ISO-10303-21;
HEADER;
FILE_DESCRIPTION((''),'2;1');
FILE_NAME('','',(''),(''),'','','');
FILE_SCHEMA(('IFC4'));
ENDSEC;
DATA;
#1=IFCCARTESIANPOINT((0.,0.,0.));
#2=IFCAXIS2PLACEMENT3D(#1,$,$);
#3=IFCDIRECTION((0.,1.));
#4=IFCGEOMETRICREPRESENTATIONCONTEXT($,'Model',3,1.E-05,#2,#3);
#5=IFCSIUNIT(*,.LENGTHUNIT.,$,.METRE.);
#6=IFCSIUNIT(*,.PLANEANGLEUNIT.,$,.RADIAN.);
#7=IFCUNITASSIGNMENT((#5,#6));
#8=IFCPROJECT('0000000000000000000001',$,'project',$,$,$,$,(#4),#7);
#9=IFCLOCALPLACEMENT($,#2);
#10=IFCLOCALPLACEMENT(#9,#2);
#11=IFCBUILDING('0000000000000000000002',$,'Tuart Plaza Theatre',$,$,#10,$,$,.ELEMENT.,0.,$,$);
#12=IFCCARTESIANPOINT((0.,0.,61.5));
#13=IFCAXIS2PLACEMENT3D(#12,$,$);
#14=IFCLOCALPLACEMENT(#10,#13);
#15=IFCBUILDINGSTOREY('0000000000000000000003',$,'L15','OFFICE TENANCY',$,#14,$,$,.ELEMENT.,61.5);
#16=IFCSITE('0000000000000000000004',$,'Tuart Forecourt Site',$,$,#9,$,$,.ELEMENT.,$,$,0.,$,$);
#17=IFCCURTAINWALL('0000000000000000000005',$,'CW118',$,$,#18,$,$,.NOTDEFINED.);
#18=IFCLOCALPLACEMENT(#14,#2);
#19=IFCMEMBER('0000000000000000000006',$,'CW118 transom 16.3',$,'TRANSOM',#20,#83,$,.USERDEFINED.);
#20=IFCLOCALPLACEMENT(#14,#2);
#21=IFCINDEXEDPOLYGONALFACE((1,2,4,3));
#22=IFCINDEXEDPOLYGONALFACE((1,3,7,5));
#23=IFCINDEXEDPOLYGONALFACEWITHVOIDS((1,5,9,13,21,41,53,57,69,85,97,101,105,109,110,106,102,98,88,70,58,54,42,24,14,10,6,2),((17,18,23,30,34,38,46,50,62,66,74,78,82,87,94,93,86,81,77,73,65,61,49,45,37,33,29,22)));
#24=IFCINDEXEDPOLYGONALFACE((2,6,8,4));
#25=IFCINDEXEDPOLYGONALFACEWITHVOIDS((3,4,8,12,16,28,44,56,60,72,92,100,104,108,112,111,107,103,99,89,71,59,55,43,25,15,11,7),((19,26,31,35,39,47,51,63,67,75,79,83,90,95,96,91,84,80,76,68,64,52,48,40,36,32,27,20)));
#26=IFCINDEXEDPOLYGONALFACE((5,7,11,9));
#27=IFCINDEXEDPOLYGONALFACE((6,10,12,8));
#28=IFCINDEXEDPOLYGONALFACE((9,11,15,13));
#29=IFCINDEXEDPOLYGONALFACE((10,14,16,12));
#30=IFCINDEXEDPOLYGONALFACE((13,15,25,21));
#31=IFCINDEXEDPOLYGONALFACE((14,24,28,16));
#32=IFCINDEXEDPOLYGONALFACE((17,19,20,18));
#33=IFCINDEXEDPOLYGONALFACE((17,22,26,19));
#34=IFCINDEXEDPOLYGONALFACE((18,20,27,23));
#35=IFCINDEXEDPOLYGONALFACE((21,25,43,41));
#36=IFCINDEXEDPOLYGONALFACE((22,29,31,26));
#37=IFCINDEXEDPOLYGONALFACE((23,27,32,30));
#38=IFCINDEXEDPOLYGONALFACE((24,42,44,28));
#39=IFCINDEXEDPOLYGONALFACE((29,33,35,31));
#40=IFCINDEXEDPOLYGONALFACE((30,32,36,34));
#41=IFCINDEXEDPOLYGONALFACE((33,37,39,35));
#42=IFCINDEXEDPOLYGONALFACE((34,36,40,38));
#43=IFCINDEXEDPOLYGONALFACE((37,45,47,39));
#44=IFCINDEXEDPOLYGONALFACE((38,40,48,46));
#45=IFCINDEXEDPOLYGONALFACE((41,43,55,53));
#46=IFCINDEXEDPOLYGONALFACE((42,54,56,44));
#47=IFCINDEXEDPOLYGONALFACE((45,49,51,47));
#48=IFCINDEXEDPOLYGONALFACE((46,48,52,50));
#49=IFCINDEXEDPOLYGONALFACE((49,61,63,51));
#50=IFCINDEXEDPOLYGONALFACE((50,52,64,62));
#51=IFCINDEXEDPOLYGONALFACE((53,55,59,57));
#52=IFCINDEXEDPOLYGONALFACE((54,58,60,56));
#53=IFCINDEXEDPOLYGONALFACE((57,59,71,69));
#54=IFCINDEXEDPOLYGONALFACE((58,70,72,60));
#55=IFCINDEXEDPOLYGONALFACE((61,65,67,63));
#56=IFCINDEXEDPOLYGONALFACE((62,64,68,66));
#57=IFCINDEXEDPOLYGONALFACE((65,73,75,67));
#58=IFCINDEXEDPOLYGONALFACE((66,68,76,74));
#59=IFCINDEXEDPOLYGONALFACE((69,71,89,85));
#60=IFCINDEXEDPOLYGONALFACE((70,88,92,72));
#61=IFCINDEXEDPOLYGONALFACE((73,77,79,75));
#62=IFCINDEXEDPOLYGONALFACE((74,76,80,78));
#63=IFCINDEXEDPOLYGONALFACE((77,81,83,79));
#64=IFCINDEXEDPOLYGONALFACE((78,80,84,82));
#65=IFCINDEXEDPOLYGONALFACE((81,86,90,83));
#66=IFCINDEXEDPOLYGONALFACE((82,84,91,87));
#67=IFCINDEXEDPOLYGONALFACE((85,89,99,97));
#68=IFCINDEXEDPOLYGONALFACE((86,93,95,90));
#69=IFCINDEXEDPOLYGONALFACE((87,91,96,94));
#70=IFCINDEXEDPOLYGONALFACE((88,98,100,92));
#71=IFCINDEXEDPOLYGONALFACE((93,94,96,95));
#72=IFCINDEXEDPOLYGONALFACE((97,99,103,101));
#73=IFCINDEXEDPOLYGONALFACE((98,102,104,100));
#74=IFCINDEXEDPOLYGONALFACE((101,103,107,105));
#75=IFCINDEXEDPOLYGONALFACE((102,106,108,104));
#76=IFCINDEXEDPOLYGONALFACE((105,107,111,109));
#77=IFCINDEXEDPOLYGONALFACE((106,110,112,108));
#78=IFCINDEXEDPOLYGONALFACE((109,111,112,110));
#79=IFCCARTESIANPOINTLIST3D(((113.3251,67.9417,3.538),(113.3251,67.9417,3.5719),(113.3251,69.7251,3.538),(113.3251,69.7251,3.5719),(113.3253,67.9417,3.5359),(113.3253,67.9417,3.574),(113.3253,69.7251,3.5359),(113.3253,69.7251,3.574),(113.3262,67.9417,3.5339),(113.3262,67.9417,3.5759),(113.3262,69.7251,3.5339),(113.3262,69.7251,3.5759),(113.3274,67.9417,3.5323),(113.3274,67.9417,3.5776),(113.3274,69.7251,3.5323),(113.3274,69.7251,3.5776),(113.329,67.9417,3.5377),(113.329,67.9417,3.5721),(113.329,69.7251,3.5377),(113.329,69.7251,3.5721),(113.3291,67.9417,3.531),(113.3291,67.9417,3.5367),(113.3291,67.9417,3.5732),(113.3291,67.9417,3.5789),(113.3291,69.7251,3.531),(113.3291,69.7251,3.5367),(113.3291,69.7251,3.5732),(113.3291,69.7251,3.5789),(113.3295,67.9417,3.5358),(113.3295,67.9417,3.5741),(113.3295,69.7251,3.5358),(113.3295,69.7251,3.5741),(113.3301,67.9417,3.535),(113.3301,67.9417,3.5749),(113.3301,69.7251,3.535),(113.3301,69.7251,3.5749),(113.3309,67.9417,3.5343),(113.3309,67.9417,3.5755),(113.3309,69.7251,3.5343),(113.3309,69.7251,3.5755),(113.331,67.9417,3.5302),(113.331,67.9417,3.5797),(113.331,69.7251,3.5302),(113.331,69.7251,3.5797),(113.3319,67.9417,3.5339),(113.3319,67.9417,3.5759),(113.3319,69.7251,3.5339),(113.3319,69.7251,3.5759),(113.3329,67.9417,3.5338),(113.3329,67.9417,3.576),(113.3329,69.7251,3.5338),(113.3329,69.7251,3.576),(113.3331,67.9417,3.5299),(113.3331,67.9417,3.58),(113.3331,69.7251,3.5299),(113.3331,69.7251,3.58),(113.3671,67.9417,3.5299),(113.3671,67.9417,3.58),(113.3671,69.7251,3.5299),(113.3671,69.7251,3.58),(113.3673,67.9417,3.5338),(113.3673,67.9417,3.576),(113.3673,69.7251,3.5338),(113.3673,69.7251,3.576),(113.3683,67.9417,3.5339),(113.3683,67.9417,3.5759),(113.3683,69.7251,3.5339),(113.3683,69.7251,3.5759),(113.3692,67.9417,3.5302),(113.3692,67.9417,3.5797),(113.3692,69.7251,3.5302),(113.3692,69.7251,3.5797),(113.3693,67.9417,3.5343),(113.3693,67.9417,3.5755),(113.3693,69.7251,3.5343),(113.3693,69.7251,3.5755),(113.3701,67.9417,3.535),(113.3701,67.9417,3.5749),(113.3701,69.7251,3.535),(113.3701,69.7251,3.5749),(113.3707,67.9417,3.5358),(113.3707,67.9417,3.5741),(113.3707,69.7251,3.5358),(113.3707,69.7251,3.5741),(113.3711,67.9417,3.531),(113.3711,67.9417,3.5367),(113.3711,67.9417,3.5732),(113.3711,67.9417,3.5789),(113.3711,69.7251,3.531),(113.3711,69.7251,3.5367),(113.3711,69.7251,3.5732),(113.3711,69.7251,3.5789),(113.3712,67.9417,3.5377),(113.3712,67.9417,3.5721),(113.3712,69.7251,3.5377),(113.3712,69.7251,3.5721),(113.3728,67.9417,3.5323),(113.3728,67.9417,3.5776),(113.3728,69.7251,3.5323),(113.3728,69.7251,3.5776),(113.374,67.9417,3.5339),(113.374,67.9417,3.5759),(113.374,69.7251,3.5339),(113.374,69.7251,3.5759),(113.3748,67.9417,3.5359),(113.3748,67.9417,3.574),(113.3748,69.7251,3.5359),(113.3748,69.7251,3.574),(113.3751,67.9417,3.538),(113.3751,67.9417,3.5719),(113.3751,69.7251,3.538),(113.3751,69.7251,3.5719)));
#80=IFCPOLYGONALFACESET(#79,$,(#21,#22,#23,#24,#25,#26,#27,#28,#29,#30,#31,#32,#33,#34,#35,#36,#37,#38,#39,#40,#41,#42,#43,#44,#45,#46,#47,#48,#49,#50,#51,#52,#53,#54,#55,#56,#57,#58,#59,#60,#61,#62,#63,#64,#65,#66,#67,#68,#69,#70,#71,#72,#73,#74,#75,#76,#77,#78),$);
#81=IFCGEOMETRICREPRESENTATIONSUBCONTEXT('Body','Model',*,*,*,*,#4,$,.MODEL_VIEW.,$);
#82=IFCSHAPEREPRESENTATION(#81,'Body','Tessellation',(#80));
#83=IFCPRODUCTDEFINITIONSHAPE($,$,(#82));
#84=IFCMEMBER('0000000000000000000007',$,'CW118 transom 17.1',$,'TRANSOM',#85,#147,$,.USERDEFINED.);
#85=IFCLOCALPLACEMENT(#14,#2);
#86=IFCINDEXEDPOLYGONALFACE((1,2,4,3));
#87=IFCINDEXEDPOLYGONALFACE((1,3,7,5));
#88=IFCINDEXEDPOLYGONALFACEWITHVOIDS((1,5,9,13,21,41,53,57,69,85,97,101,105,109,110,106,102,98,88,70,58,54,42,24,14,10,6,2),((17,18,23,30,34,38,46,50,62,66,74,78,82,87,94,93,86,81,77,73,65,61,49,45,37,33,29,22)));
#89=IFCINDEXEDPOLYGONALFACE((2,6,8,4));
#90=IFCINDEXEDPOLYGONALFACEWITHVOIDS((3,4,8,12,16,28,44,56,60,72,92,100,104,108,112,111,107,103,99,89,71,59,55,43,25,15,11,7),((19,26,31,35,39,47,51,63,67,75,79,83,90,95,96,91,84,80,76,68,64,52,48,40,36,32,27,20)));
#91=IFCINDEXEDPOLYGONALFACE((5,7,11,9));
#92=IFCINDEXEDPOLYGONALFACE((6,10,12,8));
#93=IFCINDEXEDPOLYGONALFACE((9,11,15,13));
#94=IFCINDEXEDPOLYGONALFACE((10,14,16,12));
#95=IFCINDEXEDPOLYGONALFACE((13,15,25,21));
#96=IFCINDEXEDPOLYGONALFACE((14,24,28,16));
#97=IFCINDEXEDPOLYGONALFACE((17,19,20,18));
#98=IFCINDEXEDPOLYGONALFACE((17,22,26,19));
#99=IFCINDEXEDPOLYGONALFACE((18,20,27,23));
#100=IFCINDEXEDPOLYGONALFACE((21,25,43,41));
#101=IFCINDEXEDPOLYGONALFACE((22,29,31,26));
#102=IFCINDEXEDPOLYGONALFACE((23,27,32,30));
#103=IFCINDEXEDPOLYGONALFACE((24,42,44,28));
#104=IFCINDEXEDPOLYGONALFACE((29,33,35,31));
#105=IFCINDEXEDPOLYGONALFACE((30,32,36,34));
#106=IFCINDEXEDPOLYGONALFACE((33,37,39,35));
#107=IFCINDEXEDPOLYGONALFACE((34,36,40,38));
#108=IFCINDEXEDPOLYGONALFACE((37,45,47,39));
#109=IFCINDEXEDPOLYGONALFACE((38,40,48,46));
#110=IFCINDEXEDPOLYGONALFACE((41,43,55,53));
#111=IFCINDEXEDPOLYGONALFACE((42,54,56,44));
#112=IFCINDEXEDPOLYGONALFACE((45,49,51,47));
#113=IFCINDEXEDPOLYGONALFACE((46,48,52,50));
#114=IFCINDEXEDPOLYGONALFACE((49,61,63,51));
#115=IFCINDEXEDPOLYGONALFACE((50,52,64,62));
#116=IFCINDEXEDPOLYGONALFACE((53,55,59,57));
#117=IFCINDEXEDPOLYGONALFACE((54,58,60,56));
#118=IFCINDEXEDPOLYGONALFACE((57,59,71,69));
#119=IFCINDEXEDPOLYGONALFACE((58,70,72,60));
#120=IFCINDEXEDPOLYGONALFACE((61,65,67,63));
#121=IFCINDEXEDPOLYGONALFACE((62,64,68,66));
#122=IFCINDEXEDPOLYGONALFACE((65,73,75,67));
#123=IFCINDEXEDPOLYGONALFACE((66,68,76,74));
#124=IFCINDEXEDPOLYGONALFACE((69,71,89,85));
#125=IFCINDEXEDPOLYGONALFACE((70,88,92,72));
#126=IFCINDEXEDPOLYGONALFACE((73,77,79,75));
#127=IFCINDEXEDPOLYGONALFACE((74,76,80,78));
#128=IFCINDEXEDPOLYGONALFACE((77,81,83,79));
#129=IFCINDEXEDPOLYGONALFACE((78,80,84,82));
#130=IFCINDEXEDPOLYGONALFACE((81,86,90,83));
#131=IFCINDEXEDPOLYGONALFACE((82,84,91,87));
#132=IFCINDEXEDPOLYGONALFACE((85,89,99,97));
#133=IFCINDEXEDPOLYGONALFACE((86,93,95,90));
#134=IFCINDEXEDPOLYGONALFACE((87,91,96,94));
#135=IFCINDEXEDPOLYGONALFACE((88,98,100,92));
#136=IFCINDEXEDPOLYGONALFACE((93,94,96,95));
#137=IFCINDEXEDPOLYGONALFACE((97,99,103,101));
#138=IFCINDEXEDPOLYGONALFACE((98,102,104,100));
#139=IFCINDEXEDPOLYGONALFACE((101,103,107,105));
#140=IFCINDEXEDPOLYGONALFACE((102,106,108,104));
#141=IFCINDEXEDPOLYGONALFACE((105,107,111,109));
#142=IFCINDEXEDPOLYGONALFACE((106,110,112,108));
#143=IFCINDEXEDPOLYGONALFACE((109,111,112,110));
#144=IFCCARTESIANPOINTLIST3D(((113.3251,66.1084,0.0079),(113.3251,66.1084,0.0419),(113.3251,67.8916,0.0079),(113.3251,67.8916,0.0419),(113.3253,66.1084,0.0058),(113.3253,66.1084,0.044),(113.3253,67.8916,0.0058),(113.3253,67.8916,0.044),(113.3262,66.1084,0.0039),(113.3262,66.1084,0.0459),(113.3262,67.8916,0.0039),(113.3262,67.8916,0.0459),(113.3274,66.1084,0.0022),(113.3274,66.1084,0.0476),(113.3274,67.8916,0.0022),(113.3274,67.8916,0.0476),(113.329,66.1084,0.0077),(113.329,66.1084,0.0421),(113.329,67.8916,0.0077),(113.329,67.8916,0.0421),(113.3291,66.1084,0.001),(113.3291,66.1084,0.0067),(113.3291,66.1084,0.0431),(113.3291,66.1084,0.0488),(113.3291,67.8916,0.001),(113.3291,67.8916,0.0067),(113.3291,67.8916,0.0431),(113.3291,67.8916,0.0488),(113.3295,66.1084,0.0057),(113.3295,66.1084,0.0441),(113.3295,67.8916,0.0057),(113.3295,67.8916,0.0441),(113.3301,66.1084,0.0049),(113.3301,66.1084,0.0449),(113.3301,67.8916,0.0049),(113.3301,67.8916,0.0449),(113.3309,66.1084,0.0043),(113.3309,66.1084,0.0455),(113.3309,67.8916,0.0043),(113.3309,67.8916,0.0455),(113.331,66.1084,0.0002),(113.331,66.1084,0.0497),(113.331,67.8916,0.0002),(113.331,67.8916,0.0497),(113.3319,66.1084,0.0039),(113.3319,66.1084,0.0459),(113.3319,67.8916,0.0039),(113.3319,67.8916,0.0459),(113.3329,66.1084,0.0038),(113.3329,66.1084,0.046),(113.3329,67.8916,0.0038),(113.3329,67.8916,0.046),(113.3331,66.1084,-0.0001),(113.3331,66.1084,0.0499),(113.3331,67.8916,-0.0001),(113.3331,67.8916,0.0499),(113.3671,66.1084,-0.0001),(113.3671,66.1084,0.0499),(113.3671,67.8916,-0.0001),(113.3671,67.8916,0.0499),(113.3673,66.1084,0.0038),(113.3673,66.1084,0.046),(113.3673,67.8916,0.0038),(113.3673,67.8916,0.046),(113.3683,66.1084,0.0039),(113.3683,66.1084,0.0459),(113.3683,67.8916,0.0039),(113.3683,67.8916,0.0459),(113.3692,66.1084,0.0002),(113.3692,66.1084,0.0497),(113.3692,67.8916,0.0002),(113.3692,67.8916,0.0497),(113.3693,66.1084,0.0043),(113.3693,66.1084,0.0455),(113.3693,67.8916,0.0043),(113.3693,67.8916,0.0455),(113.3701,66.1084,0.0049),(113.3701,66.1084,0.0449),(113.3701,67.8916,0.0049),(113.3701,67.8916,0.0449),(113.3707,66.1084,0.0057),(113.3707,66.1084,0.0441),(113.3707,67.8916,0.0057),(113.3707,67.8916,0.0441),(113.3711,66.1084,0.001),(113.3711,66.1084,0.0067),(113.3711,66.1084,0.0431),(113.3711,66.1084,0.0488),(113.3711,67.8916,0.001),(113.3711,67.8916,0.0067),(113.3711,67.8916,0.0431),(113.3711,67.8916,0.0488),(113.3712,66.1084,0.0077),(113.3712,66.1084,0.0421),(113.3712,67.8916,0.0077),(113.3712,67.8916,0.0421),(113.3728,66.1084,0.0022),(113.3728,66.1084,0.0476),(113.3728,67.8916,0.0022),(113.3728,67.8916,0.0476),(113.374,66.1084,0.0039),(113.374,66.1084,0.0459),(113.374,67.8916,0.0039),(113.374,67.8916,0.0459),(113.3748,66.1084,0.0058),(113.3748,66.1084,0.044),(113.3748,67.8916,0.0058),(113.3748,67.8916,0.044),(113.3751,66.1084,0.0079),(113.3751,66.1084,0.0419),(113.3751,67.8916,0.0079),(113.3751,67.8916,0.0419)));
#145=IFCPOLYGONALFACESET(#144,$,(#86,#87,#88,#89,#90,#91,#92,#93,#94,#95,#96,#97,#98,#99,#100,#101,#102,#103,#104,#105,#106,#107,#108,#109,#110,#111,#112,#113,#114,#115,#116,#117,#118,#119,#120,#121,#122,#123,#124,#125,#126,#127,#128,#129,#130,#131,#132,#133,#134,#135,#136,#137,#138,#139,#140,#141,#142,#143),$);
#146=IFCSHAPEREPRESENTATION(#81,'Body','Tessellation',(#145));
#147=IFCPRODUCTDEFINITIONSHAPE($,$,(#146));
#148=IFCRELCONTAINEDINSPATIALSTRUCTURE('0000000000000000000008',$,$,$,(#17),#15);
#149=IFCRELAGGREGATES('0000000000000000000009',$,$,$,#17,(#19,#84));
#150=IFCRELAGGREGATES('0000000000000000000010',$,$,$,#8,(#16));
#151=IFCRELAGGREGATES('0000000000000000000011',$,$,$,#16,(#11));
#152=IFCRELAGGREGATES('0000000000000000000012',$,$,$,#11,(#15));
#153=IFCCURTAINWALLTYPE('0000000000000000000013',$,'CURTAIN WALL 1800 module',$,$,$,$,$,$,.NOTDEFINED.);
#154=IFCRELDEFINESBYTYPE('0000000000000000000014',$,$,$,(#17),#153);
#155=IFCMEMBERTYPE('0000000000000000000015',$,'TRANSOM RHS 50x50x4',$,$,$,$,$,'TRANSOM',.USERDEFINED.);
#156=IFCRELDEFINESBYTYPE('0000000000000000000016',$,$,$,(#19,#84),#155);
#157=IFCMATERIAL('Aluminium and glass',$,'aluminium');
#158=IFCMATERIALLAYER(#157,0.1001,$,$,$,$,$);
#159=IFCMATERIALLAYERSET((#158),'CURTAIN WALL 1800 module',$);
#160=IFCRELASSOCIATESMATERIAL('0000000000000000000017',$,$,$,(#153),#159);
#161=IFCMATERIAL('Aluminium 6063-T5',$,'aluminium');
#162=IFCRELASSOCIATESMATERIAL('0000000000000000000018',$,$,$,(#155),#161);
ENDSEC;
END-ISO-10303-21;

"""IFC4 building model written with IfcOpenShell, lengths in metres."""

from ifc_helpers import new_model, si_unit, direction, frame, origin, origin_2d, place, context, subcontext, project, spatial, hollow_rectangle, extrude, material, layer, layer_set, material_profile, profile_set, type_object, element, aggregate, save


model = new_model("IFC4")

# Units and contexts
model_context = context("Model", 3, precision=1e-05, world=origin(), true_north=direction((0.0, 1.0)))
body_context = subcontext(model_context, "Body", "Model", "MODEL_VIEW")
ifc_project = project(units=[si_unit("LENGTHUNIT", "METRE"), si_unit("PLANEANGLEUNIT", "RADIAN")], contexts=[model_context])

# Site, building, storey
site_placement = place(None, origin())
site = spatial("IfcSite", under=ifc_project, at=site_placement, Name="Tuart Forecourt Site", CompositionType="ELEMENT", RefElevation=0.0)
building_placement = place(site_placement, origin())
building = spatial("IfcBuilding", under=site, at=building_placement, Name="Tuart Plaza Theatre", CompositionType="ELEMENT", ElevationOfRefHeight=0.0)
storey_placement = place(building_placement, frame((0.0, 0.0, 61.5)))
storey = spatial("IfcBuildingStorey", under=building, at=storey_placement, Name="L15", Description="OFFICE TENANCY", CompositionType="ELEMENT", Elevation=61.5)

# Curtain wall, members
ifc_material_1 = material(Name="Aluminium and glass", Category="aluminium")
ifc_layer_1 = layer(ifc_material_1, 0.1001)
ifc_layer_set_1 = layer_set([ifc_layer_1], Name="CURTAIN WALL 1800 module")
curtain_wall_type = type_object("IfcCurtainWallType", Name="CURTAIN WALL 1800 module", PredefinedType="NOTDEFINED", material=ifc_layer_set_1)
curtain_wall_placement = place(storey_placement, origin())
curtain_wall = element("IfcCurtainWall", 1, at=curtain_wall_placement, inside=storey, type_object=curtain_wall_type, Name="CW118", PredefinedType="NOTDEFINED")
ifc_material_2 = material(Name="Aluminium 6063-T5", Category="aluminium")
ifc_material_profile = material_profile(ifc_material_2, hollow_rectangle(XDim=0.05, YDim=0.05, WallThickness=0.0039, InnerFilletRadius=0.0039, OuterFilletRadius=0.0081, at=origin_2d()), Name="RHS 50x50x4")
ifc_profile_set = profile_set([ifc_material_profile], Name="Aluminium 6063-T5")
member_type = type_object("IfcMemberType", Name="TRANSOM RHS 50x50x4", ElementType="TRANSOM", PredefinedType="USERDEFINED", material=ifc_profile_set)
member_1_placement = place(storey_placement, frame((113.3501, 69.7251, 3.5549), z_axis=(0.0, -1.0, 0.0), x_axis=(1.0, 0.0, 0.0)))
member_1 = element("IfcMember", 2, at=member_1_placement, type_object=member_type, Name="CW118 transom 16.3", ObjectType="TRANSOM", PredefinedType="USERDEFINED", context=body_context, shape_type="SweptSolid", body=[
    extrude(hollow_rectangle(XDim=0.05, YDim=0.05, WallThickness=0.0039, InnerFilletRadius=0.0039, OuterFilletRadius=0.0081, at=origin_2d()), origin(), (0.0, 0.0, 1.0), 1.7834),
])
member_2_placement = place(storey_placement, frame((113.3501, 67.8916, 0.0249), z_axis=(0.0, -1.0, 0.0), x_axis=(1.0, 0.0, 0.0)))
member_2 = element("IfcMember", 3, at=member_2_placement, type_object=member_type, Name="CW118 transom 17.1", ObjectType="TRANSOM", PredefinedType="USERDEFINED", context=body_context, shape_type="SweptSolid", body=[
    extrude(hollow_rectangle(XDim=0.05, YDim=0.05, WallThickness=0.0039, InnerFilletRadius=0.0039, OuterFilletRadius=0.0081, at=origin_2d()), origin(), (0.0, 0.0, 1.0), 1.7832),
])
aggregate(curtain_wall, [member_1, member_2])

save(model, "model.ifc")
